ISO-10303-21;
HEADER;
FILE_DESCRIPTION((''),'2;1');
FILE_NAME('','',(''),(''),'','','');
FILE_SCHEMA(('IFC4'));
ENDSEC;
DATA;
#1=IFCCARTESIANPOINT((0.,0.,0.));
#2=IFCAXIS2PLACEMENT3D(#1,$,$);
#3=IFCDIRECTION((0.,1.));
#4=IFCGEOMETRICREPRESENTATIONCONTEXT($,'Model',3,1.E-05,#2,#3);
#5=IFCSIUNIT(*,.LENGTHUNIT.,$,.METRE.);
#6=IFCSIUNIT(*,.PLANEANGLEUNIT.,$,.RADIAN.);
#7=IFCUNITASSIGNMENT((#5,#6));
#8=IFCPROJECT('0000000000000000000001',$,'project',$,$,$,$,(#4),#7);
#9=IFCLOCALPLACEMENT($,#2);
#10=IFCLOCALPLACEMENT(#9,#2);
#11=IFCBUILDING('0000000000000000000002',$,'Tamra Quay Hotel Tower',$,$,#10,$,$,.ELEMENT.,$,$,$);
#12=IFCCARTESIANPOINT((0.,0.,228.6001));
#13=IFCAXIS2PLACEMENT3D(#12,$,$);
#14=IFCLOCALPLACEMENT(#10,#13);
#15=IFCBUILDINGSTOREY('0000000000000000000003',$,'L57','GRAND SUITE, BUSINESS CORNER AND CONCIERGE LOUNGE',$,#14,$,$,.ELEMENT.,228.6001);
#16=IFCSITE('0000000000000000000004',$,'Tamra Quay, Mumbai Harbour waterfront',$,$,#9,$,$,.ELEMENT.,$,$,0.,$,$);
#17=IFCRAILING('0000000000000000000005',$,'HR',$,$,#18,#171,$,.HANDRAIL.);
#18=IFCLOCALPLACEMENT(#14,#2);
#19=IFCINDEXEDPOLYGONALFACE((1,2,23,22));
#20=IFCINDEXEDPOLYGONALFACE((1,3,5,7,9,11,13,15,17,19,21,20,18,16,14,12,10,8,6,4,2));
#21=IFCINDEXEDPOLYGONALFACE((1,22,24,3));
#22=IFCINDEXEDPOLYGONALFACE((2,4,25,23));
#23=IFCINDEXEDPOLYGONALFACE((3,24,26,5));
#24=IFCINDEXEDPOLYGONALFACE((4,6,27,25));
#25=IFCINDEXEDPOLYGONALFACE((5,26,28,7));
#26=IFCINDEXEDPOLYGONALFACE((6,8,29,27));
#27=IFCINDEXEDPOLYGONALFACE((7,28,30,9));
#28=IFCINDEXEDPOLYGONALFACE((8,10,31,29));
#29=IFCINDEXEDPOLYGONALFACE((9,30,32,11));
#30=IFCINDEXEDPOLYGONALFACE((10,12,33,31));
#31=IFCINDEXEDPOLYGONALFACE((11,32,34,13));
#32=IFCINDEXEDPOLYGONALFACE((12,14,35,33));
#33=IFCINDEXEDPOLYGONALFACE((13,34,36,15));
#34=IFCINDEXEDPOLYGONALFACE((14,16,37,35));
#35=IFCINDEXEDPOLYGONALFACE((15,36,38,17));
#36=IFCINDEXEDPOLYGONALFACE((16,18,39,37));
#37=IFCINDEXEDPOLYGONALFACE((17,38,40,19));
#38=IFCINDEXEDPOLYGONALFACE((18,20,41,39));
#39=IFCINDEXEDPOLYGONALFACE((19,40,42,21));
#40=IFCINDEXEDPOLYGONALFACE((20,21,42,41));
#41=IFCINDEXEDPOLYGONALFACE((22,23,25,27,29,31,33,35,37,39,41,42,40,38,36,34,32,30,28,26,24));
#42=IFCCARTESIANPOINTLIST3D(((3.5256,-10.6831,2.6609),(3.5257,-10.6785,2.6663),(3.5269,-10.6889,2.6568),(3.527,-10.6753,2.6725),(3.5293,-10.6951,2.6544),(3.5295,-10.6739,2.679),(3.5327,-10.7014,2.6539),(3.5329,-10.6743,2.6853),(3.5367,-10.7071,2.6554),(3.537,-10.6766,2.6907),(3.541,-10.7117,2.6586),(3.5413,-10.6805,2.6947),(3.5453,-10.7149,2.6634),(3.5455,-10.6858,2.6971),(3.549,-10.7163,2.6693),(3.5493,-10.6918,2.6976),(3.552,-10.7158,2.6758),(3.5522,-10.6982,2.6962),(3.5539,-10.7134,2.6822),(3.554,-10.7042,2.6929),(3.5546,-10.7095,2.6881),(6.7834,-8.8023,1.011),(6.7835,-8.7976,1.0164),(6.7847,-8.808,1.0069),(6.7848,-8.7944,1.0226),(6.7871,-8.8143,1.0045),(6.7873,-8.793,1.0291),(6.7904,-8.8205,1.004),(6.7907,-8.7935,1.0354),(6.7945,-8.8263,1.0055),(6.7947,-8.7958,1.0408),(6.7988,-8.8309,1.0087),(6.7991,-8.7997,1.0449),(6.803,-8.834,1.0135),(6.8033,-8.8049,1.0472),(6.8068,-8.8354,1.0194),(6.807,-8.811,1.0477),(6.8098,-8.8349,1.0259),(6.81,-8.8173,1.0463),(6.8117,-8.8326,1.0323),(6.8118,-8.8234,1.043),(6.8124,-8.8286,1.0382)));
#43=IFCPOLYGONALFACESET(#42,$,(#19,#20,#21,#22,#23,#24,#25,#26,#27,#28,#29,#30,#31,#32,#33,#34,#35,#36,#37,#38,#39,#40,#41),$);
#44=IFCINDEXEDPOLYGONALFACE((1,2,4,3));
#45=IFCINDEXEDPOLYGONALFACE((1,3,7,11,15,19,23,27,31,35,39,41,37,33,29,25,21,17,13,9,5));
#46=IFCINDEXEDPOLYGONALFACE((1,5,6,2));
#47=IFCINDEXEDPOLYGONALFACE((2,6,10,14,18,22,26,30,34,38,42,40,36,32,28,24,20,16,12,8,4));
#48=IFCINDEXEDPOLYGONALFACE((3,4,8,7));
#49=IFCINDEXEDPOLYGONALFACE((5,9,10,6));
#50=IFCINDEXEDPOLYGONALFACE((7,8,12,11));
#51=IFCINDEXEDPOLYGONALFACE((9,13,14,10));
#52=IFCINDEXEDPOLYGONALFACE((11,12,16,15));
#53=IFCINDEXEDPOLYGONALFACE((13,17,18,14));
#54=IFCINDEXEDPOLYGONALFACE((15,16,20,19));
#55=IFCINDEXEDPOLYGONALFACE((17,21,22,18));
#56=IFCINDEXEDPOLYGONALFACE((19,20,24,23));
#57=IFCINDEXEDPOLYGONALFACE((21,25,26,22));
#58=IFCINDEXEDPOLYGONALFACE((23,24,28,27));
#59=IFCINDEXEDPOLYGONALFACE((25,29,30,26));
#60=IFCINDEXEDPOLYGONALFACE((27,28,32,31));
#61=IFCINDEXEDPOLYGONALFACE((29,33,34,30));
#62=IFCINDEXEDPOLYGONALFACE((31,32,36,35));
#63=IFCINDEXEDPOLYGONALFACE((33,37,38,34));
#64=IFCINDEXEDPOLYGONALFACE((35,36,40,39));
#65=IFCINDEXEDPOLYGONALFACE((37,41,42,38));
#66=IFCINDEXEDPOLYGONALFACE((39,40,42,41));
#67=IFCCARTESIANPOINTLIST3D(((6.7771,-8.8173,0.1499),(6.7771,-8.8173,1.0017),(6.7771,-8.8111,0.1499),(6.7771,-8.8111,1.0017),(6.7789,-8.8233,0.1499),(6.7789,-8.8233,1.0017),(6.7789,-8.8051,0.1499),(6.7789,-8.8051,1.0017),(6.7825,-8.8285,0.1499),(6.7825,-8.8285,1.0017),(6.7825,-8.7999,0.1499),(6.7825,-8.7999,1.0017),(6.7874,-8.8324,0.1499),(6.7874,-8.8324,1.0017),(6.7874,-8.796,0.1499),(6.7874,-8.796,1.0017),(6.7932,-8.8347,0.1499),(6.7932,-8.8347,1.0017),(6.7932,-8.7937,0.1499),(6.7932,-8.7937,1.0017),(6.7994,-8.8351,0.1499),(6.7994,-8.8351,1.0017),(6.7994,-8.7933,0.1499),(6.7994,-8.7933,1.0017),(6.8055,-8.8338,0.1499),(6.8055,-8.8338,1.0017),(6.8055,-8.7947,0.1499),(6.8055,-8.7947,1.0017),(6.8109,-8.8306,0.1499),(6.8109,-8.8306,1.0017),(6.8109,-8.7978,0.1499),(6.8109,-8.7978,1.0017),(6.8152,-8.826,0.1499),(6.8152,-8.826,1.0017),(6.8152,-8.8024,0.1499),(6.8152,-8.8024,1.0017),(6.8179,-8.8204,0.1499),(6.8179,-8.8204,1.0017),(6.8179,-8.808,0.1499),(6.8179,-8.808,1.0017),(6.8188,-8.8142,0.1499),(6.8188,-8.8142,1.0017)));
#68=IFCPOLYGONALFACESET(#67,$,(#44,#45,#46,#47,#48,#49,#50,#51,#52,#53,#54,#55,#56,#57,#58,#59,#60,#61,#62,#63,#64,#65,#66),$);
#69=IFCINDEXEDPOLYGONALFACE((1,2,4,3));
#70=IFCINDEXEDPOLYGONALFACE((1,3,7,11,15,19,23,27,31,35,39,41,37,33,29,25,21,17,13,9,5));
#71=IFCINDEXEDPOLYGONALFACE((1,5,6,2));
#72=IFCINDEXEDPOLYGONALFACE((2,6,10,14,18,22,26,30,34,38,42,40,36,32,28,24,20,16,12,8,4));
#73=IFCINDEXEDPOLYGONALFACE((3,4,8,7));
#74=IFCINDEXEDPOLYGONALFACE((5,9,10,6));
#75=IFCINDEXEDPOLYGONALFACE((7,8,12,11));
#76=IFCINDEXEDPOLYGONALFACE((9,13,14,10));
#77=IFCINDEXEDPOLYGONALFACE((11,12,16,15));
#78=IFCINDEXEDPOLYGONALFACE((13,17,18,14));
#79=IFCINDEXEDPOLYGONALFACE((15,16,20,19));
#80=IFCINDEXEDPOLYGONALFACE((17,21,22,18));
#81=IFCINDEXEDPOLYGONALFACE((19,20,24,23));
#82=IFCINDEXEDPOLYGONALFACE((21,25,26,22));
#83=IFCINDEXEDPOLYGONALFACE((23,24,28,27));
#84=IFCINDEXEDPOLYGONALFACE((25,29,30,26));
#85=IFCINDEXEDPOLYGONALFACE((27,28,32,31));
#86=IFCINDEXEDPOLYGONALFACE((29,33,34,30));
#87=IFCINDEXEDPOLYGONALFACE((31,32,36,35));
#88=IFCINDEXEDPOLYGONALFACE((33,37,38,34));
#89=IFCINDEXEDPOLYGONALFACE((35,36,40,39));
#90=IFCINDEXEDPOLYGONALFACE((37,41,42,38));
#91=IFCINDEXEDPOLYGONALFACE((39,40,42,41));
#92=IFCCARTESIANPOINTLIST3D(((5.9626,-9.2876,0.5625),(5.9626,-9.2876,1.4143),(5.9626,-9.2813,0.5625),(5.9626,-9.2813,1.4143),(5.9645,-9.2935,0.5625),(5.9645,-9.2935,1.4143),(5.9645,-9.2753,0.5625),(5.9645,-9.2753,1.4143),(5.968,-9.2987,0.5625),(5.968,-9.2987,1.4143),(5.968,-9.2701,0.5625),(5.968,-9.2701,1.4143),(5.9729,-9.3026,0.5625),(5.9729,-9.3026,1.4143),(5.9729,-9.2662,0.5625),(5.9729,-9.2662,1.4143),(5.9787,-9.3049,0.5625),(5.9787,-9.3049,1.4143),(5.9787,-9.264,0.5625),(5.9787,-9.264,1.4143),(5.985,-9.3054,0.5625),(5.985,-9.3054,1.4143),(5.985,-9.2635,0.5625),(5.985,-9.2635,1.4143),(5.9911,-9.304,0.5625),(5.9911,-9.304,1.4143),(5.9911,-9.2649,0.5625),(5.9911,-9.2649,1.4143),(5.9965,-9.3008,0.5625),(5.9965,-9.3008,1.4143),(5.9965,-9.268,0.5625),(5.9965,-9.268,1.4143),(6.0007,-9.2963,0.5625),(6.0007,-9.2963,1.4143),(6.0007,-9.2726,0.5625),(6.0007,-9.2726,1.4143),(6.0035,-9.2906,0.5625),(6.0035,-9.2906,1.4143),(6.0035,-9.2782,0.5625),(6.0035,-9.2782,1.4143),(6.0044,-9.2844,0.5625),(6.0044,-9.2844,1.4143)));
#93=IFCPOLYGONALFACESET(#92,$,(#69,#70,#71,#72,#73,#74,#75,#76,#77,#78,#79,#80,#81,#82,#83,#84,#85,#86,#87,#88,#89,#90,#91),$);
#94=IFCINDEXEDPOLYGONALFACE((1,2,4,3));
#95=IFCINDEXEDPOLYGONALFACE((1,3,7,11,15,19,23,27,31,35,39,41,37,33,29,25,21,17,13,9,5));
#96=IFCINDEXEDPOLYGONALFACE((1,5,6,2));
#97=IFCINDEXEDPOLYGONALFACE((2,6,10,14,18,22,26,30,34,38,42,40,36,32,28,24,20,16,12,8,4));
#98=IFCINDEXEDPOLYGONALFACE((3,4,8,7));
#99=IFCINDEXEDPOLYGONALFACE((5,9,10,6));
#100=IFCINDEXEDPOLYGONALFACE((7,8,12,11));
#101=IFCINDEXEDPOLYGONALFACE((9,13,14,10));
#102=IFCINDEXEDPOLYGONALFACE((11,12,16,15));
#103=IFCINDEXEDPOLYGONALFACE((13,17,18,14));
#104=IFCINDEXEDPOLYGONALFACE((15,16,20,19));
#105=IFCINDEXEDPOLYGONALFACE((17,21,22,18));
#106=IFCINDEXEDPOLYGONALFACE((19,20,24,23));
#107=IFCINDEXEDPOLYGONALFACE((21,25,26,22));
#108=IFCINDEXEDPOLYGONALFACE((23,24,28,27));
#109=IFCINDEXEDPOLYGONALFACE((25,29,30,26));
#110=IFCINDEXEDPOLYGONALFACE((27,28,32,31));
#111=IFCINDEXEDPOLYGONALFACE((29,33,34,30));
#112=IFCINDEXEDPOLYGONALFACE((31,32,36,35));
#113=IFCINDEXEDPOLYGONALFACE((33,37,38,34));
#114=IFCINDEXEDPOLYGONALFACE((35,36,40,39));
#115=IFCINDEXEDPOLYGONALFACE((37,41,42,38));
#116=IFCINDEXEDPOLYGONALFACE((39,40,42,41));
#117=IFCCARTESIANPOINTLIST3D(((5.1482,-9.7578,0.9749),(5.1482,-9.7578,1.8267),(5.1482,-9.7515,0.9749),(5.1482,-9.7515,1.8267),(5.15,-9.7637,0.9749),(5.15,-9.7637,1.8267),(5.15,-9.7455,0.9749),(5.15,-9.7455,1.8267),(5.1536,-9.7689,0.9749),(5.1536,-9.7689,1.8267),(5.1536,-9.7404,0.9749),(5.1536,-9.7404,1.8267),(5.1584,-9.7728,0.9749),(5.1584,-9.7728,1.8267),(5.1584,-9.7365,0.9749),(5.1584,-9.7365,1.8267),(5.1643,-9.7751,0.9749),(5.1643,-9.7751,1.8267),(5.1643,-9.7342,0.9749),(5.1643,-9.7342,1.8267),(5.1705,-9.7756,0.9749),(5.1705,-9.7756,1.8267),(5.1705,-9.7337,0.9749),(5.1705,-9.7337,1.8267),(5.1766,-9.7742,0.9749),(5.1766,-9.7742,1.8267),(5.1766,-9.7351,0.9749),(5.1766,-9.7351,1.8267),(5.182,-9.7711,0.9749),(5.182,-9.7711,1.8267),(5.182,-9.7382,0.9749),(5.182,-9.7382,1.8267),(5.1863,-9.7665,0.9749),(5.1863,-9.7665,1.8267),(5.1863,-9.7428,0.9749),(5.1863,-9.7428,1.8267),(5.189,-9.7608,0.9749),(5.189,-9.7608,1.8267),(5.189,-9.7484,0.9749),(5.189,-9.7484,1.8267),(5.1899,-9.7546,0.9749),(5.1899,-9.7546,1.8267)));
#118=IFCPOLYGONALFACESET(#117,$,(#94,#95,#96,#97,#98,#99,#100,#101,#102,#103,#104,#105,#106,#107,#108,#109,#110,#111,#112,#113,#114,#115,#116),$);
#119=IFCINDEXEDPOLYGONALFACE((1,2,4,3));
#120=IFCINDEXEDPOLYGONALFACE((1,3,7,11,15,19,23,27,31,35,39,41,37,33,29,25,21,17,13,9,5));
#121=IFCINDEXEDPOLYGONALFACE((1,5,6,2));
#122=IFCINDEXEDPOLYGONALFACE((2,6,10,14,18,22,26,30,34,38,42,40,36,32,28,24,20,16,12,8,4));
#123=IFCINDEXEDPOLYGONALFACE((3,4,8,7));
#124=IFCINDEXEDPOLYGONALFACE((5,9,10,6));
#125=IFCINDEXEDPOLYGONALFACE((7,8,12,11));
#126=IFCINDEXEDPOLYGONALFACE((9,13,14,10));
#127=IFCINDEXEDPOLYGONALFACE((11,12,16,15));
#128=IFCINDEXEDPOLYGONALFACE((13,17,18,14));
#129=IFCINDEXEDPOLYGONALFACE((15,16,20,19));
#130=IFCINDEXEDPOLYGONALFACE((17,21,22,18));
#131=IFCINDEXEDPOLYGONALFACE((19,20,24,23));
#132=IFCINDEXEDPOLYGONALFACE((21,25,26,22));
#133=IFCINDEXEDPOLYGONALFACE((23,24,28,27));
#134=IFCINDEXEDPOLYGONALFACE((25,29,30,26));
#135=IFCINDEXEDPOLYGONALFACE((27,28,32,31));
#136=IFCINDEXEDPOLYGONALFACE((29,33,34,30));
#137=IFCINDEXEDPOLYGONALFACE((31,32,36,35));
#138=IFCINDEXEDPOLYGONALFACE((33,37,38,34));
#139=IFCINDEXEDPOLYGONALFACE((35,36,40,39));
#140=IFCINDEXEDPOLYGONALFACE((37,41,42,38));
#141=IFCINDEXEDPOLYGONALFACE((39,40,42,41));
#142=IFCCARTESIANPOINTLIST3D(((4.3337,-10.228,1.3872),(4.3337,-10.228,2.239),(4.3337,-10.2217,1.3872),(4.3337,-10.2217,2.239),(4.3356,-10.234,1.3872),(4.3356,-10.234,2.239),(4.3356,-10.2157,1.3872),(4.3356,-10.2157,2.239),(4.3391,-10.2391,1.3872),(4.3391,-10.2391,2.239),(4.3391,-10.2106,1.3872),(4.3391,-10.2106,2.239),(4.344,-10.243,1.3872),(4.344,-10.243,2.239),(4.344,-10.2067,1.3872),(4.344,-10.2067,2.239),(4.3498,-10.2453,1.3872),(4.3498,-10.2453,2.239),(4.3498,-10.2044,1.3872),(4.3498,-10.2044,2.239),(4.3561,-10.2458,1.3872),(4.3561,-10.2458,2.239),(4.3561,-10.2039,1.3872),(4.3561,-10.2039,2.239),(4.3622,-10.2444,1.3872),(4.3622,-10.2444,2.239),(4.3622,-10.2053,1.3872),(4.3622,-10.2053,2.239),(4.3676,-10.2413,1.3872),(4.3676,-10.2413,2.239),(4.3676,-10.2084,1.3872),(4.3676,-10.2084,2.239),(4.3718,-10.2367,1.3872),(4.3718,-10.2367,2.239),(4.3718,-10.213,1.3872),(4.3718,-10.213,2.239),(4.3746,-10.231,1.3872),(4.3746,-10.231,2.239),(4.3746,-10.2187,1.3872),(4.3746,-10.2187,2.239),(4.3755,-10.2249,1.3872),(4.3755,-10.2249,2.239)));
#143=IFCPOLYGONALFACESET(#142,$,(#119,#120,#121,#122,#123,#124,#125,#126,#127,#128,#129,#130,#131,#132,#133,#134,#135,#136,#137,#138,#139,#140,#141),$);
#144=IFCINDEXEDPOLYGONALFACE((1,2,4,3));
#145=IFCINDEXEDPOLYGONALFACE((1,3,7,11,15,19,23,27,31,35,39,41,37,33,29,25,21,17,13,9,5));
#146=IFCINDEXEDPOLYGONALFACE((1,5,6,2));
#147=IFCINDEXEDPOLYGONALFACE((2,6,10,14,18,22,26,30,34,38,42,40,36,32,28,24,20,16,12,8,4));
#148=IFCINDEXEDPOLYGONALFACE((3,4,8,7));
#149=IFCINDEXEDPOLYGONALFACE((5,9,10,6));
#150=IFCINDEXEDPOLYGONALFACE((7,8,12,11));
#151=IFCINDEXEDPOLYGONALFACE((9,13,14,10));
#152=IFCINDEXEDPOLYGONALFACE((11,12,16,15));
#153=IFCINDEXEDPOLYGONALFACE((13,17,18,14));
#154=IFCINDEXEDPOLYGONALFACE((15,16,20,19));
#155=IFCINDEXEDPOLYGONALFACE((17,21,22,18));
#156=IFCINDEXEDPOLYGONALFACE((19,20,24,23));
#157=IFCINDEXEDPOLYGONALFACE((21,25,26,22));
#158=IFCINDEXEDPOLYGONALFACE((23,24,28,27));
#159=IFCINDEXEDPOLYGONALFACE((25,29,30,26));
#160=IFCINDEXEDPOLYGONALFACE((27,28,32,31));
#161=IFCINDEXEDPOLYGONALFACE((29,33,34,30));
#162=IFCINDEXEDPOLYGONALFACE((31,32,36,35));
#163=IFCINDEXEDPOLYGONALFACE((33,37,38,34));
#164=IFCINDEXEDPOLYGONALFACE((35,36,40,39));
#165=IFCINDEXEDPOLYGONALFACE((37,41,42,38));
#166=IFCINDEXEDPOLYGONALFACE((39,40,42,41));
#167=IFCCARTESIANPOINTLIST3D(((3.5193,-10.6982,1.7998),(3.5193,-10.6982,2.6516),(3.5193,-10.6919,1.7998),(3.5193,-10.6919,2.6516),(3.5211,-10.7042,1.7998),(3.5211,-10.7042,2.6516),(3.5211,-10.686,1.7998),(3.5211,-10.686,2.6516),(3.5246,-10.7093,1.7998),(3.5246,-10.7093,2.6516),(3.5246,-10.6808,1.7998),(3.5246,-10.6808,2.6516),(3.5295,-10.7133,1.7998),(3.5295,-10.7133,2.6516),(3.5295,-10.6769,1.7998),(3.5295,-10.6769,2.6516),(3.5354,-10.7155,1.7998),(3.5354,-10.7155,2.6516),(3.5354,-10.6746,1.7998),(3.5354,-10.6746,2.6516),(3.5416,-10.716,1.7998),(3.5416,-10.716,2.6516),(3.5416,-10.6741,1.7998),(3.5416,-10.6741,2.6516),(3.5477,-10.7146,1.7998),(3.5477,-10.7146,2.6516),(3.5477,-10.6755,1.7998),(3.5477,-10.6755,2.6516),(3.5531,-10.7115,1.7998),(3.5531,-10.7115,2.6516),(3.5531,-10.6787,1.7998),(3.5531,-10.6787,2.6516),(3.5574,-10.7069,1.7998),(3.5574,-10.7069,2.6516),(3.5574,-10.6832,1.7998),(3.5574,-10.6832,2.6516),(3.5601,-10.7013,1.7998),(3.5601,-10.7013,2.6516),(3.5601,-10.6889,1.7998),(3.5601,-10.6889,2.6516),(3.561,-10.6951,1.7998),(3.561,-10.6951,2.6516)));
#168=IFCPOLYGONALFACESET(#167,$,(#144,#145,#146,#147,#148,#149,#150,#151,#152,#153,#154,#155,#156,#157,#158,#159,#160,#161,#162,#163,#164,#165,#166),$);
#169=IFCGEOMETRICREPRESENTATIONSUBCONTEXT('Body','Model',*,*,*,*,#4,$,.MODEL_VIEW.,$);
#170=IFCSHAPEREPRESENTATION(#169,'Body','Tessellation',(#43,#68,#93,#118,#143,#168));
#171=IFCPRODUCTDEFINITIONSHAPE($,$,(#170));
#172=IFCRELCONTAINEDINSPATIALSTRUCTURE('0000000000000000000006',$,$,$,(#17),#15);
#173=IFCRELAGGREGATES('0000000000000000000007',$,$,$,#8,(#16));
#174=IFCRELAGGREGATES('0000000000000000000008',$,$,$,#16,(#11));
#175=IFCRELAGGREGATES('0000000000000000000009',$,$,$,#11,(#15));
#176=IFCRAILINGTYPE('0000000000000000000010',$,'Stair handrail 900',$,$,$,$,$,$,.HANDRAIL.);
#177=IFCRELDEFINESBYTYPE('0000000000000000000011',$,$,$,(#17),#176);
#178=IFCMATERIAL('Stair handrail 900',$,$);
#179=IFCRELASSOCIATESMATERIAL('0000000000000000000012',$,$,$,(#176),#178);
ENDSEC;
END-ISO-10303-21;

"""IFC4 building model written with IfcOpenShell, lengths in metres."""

from ifc_helpers import new_model, si_unit, direction, frame, origin, origin_2d, place, context, subcontext, project, spatial, circle, extrude, material, type_object, element, save


model = new_model("IFC4")

# Units and contexts
model_context = context("Model", 3, precision=1e-05, world=origin(), true_north=direction((0.0, 1.0)))
body_context = subcontext(model_context, "Body", "Model", "MODEL_VIEW")
ifc_project = project(units=[si_unit("LENGTHUNIT", "METRE"), si_unit("PLANEANGLEUNIT", "RADIAN")], contexts=[model_context])

# Site, building, storey
site_placement = place(None, origin())
site = spatial("IfcSite", under=ifc_project, at=site_placement, Name="Tamra Quay, Mumbai Harbour waterfront", CompositionType="ELEMENT", RefElevation=0.0)
building_placement = place(site_placement, origin())
building = spatial("IfcBuilding", under=site, at=building_placement, Name="Tamra Quay Hotel Tower", CompositionType="ELEMENT")
storey_placement = place(building_placement, frame((0.0, 0.0, 228.6001)))
storey = spatial("IfcBuildingStorey", under=building, at=storey_placement, Name="L57", Description="GRAND SUITE, BUSINESS CORNER AND CONCIERGE LOUNGE", CompositionType="ELEMENT", Elevation=228.6001)

# Railing
ifc_material_1 = material(Name="Stair handrail 900")
railing_type_1 = type_object("IfcRailingType", Name="Stair handrail 900", PredefinedType="HANDRAIL", material=ifc_material_1)
railing_1_placement = place(storey_placement, frame((6.7979, -8.8142, 0.1499)))
element("IfcRailing", 1, at=railing_1_placement, inside=storey, type_object=railing_type_1, Name="HR", PredefinedType="HANDRAIL", context=body_context, shape_type="SweptSolid", body=[
    extrude(circle(Radius=0.0239, at=origin_2d()), frame((0.0, 0.0, 0.876), z_axis=(-0.7931, -0.457887, 0.401661), x_axis=(0.499992, -0.86603, 0.0)), (0.0, 0.0, 1.0), 4.1077),
    extrude(circle(Radius=0.021, at=origin_2d()), origin(), (0.0, 0.0, 1.0), 0.8518),
    extrude(circle(Radius=0.021, at=origin_2d()), frame((-0.8145, -0.4702, 0.4126)), (0.0, 0.0, 1.0), 0.8518),
    extrude(circle(Radius=0.021, at=origin_2d()), frame((-1.6289, -0.9404, 0.825)), (0.0, 0.0, 1.0), 0.8518),
    extrude(circle(Radius=0.021, at=origin_2d()), frame((-2.4434, -1.4106, 1.2373)), (0.0, 0.0, 1.0), 0.8518),
    extrude(circle(Radius=0.021, at=origin_2d()), frame((-3.2578, -1.8809, 1.6499)), (0.0, 0.0, 1.0), 0.8518),
])

save(model, "model.ifc")
